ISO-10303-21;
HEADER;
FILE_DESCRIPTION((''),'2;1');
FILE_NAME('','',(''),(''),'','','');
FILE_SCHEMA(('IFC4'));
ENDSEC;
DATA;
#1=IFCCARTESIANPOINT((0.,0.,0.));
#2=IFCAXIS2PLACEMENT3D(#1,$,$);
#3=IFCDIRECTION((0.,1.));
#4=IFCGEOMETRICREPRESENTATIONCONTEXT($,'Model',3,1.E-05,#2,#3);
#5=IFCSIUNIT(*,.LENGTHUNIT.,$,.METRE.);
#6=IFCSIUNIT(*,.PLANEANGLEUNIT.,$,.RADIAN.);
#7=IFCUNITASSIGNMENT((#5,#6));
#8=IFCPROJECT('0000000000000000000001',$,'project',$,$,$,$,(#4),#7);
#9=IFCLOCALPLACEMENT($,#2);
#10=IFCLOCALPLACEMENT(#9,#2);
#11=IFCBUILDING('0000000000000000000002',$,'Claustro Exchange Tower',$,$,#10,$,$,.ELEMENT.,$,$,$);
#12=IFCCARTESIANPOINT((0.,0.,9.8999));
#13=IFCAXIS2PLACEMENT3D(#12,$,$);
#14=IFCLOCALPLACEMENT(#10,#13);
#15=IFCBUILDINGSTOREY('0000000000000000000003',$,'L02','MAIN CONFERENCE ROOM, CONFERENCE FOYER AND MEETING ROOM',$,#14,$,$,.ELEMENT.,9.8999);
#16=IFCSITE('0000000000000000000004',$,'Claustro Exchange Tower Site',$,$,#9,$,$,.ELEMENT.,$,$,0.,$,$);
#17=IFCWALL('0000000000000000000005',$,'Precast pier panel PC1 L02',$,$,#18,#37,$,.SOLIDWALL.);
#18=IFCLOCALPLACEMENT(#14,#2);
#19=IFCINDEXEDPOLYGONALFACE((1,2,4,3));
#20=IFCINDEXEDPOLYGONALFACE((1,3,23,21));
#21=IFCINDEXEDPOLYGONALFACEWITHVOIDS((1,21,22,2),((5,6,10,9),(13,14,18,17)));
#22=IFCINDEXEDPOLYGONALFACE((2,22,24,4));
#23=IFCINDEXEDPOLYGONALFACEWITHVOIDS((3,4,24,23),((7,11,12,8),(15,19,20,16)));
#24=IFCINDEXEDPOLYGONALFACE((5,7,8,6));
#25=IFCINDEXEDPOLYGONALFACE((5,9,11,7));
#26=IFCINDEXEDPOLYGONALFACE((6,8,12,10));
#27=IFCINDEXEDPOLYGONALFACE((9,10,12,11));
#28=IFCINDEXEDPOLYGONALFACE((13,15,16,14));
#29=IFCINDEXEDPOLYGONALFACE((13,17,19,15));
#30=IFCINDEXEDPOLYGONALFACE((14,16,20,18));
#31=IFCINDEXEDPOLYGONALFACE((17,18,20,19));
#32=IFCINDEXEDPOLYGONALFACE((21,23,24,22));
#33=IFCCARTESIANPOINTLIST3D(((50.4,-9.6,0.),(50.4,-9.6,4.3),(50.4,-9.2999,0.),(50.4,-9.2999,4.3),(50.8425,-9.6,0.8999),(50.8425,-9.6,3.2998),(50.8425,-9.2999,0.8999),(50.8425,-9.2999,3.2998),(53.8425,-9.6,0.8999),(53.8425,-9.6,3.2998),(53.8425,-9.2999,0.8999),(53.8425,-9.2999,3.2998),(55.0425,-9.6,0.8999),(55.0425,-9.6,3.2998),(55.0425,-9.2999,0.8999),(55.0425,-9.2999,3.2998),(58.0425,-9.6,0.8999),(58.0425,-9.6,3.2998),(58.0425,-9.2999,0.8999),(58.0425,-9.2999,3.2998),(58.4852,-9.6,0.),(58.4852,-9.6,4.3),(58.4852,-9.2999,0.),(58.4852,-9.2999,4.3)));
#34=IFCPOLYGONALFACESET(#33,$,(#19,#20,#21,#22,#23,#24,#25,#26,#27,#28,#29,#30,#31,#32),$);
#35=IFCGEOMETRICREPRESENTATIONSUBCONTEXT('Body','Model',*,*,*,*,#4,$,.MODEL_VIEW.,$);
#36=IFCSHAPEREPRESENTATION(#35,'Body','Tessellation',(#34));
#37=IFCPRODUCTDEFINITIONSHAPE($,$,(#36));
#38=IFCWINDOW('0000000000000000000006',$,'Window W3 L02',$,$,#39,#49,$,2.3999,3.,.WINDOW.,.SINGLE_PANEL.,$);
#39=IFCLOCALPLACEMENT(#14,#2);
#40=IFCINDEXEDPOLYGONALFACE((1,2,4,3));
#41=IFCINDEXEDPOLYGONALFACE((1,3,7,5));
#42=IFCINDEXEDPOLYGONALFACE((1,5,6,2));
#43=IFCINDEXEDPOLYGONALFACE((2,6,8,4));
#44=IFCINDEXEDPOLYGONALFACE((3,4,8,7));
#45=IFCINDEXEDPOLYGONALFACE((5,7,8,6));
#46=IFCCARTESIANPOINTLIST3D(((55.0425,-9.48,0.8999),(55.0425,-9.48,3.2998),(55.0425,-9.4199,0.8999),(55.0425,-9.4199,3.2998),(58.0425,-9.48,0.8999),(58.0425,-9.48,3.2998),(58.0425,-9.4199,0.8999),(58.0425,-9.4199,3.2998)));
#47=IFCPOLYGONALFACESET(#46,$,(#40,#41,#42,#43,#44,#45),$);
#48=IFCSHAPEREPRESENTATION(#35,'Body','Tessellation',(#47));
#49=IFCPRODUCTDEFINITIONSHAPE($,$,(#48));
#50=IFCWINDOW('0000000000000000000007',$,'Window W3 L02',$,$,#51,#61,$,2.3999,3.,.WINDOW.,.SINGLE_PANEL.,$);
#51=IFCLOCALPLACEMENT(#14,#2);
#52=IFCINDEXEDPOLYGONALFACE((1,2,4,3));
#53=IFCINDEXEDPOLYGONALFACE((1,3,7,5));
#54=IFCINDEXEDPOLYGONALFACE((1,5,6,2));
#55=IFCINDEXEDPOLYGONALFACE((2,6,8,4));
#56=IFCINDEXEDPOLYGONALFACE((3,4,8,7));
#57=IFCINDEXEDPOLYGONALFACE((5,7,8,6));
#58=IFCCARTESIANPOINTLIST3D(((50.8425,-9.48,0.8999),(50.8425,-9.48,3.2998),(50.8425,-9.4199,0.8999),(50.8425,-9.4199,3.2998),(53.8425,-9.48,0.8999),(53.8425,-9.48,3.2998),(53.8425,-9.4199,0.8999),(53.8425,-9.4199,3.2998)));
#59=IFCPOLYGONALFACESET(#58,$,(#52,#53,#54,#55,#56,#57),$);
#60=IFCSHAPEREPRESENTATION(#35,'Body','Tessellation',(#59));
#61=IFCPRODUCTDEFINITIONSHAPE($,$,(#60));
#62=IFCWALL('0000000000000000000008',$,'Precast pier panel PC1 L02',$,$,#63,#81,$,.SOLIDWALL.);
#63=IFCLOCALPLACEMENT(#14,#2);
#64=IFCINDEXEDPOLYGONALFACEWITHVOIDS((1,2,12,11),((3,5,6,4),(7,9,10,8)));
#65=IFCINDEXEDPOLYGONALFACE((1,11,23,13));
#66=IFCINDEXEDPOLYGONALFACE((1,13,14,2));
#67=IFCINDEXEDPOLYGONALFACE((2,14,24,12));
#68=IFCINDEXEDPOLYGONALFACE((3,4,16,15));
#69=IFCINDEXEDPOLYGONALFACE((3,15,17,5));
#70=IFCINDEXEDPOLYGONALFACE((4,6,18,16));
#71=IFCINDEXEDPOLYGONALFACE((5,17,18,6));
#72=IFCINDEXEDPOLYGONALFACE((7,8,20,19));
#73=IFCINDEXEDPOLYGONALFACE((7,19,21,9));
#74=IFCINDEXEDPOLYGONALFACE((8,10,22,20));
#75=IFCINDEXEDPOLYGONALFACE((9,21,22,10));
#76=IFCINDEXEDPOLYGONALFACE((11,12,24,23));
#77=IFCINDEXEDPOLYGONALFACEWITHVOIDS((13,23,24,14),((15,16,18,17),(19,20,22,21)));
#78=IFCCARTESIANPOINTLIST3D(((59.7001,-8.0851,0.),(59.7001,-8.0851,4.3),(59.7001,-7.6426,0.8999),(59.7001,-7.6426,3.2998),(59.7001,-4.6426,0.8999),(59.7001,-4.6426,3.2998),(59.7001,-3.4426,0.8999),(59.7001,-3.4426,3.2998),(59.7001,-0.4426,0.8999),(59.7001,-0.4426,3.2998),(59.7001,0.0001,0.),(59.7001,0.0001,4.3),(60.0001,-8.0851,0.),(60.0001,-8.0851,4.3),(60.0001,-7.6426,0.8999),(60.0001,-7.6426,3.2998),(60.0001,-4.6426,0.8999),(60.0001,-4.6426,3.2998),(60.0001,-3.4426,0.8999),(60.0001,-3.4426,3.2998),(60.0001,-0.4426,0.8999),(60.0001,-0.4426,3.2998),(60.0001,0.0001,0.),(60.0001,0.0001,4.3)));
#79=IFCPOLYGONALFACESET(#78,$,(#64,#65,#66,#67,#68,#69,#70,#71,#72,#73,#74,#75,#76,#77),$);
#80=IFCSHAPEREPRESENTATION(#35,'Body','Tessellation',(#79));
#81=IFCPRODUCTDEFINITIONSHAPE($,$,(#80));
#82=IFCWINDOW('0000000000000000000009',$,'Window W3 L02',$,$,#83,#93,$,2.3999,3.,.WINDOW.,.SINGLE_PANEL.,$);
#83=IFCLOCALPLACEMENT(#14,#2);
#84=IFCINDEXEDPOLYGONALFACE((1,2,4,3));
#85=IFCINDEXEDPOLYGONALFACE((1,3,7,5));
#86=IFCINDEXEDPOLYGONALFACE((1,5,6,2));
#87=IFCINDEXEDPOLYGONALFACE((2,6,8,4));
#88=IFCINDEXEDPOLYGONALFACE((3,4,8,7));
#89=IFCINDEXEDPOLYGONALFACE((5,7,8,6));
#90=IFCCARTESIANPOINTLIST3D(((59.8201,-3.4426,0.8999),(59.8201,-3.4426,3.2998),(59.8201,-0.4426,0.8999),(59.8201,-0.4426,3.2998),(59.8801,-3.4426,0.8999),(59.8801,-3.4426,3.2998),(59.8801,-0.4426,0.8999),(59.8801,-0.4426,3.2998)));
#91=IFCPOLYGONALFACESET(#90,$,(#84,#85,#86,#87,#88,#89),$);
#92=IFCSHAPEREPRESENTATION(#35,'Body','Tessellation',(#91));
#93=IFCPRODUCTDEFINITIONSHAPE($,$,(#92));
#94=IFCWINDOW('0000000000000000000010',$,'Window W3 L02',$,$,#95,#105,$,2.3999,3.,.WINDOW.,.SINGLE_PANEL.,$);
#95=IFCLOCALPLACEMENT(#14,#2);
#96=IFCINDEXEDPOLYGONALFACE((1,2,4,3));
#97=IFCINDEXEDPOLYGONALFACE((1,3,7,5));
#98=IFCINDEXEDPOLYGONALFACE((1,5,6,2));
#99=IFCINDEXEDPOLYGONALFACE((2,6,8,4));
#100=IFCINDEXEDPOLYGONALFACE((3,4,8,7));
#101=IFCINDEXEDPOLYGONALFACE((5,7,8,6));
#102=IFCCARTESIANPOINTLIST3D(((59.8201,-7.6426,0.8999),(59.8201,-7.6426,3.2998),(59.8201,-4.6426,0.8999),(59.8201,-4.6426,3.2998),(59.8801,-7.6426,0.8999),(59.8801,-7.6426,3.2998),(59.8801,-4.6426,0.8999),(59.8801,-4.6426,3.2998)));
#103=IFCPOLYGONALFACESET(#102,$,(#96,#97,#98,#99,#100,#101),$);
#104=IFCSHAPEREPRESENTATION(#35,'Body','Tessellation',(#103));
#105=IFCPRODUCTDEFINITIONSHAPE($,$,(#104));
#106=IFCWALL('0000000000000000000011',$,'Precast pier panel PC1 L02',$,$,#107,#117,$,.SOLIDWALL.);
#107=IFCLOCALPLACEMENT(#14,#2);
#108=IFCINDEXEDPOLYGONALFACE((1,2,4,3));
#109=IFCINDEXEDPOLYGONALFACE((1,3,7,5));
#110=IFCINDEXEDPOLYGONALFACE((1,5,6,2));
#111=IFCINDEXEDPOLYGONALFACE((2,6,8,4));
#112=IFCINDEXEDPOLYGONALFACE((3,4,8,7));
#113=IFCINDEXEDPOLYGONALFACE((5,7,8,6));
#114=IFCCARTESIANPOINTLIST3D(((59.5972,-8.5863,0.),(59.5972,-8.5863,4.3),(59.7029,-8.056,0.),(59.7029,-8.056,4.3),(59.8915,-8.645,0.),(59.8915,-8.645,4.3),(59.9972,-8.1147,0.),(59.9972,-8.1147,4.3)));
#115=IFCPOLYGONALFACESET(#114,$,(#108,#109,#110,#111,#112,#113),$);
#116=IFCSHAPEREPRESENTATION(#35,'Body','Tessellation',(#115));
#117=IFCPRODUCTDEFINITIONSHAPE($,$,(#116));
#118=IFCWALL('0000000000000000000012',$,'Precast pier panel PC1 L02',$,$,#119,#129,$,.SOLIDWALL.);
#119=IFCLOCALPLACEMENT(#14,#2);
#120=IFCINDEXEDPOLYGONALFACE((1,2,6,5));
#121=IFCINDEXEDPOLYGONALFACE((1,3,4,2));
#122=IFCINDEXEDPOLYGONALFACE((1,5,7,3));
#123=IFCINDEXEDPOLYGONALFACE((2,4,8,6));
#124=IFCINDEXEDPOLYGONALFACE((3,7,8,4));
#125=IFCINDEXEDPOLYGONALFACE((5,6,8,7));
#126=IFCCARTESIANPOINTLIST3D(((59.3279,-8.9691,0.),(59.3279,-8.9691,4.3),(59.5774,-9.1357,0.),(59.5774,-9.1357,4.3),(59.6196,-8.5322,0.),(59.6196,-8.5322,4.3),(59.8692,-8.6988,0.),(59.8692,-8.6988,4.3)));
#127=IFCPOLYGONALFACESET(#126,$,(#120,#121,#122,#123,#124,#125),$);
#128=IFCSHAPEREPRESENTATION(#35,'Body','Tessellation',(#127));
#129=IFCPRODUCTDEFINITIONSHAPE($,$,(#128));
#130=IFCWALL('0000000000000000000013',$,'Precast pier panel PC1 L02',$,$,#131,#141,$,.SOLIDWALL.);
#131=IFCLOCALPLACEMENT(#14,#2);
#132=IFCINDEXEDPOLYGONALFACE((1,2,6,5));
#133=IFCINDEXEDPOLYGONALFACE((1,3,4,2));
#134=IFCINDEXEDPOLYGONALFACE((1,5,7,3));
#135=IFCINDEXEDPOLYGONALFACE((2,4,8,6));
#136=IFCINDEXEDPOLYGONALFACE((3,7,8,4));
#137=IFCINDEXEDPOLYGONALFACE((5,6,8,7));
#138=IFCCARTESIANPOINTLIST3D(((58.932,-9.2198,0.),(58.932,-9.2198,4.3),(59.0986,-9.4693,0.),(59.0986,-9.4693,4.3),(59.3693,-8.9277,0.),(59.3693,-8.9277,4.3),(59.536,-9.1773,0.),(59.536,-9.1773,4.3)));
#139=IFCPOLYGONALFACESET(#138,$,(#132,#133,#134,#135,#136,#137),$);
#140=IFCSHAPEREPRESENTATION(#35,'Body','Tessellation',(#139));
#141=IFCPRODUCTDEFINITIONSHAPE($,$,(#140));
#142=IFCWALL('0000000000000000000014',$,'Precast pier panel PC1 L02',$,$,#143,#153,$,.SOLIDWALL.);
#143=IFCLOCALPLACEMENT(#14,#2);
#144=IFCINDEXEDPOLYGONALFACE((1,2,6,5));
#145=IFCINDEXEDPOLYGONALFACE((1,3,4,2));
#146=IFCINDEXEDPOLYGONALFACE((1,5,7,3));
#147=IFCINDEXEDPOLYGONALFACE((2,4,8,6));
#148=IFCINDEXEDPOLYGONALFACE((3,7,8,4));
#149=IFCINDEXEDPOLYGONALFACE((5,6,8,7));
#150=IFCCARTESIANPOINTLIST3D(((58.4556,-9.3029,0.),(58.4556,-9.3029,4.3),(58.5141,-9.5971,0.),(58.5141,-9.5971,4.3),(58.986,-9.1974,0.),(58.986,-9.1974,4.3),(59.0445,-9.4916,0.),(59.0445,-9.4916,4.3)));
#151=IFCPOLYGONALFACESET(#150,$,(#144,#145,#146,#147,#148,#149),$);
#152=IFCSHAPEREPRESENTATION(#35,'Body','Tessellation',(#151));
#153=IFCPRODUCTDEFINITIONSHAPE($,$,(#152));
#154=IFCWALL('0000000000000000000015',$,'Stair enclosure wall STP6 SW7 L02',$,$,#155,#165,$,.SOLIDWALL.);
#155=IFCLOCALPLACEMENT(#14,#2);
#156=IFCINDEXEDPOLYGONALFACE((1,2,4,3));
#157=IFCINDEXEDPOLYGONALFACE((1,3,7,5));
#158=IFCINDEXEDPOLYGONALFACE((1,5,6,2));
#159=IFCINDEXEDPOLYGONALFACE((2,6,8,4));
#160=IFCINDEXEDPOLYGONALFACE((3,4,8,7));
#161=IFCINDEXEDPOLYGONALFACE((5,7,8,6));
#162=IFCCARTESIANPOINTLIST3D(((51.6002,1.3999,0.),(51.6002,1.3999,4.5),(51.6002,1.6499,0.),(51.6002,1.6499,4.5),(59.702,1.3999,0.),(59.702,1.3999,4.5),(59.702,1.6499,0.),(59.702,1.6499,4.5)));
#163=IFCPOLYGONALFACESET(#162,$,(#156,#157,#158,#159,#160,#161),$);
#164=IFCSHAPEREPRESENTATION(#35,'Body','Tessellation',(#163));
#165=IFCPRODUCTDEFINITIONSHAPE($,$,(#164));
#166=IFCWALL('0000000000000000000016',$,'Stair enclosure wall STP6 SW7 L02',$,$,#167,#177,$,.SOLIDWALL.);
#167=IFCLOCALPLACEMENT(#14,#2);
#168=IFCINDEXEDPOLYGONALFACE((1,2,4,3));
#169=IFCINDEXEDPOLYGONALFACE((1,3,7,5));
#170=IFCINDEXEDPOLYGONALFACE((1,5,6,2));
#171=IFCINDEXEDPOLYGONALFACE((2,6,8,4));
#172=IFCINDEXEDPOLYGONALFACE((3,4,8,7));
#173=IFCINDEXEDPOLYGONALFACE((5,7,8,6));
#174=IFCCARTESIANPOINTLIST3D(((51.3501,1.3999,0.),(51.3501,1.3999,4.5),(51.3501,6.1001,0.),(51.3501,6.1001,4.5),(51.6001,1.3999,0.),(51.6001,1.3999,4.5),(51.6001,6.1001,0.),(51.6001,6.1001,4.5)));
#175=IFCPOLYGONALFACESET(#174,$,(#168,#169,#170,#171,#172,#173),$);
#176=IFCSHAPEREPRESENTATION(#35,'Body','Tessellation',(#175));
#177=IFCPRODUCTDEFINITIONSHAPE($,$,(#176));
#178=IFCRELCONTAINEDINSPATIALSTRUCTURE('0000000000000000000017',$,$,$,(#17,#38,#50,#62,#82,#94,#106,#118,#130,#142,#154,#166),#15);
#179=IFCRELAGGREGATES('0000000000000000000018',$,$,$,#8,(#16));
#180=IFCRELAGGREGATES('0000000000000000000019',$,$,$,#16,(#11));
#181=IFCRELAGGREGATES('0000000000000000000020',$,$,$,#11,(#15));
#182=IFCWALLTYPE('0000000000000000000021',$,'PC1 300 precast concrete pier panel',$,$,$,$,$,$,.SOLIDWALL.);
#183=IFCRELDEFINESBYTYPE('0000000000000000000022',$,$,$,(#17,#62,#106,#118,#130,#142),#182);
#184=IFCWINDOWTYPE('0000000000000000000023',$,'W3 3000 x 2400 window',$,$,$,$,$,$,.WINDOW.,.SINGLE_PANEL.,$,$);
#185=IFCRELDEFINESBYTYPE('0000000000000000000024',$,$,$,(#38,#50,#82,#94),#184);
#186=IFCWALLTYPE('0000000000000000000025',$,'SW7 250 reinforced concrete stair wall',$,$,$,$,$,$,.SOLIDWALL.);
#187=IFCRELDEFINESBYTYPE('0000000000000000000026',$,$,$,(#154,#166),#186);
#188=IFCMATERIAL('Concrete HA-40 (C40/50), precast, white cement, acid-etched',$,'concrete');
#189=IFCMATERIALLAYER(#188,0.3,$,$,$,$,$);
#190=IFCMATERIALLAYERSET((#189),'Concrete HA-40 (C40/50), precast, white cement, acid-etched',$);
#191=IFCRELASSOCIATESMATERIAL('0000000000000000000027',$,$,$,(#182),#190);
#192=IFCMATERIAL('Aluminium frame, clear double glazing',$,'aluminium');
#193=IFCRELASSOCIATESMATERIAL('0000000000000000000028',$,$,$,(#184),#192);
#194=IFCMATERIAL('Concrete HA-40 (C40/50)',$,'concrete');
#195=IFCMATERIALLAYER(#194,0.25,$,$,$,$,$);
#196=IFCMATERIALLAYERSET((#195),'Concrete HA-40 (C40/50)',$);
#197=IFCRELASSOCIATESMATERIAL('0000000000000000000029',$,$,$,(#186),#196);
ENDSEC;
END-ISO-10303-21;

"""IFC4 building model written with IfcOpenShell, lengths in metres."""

from ifc_helpers import new_model, si_unit, direction, frame, frame_2d, origin, place, context, subcontext, project, spatial, rectangle, extrude, material, layer, layer_set, type_object, element, fill, save


model = new_model("IFC4")

# Units and contexts
model_context = context("Model", 3, precision=1e-05, world=origin(), true_north=direction((0.0, 1.0)))
body_context = subcontext(model_context, "Body", "Model", "MODEL_VIEW")
ifc_project = project(units=[si_unit("LENGTHUNIT", "METRE"), si_unit("PLANEANGLEUNIT", "RADIAN")], contexts=[model_context])

# Site, building, storey
site_placement = place(None, origin())
site = spatial("IfcSite", under=ifc_project, at=site_placement, Name="Claustro Exchange Tower Site", CompositionType="ELEMENT", RefElevation=0.0)
building_placement = place(site_placement, origin())
building = spatial("IfcBuilding", under=site, at=building_placement, Name="Claustro Exchange Tower", CompositionType="ELEMENT")
storey_placement = place(building_placement, frame((0.0, 0.0, 9.8999)))
storey = spatial("IfcBuildingStorey", under=building, at=storey_placement, Name="L02", Description="MAIN CONFERENCE ROOM, CONFERENCE FOYER AND MEETING ROOM", CompositionType="ELEMENT", Elevation=9.8999)

# Walls, openings, windows
ifc_material_1 = material(Name="Concrete HA-40 (C40/50), precast, white cement, acid-etched", Category="concrete")
ifc_layer_1 = layer(ifc_material_1, 0.3)
ifc_layer_set_1 = layer_set([ifc_layer_1], Name="Concrete HA-40 (C40/50), precast, white cement, acid-etched")
wall_type_1 = type_object("IfcWallType", Name="PC1 300 precast concrete pier panel", PredefinedType="SOLIDWALL", material=ifc_layer_set_1)
wall_1_placement = place(storey_placement, frame((58.4851, -9.45, 0.0), z_axis=(0.0, 0.0, 1.0), x_axis=(-1.0, 0.0, 0.0)))
wall_1 = element("IfcWall", 1, at=wall_1_placement, inside=storey, type_object=wall_type_1, Name="Precast pier panel PC1 L02", PredefinedType="SOLIDWALL", context=body_context, shape_type="SweptSolid", body=[
    extrude(rectangle(XDim=8.0852, YDim=0.3, at=frame_2d((4.0425, 0.0))), origin(), (0.0, 0.0, 1.0), 4.3),
])
opening_1_placement = place(wall_1_placement, frame((0.4426, 0.0, 0.8999)))
opening_1 = element("IfcOpeningElement", 2, at=opening_1_placement, cuts=wall_1, PredefinedType="OPENING", context=body_context, shape_type="SweptSolid", body=[
    extrude(rectangle(XDim=3.0, YDim=2.3999, at=frame_2d((1.5, 1.2))), frame((0.0, 0.1599, 0.0), z_axis=(0.0, -1.0, 0.0), x_axis=(1.0, 0.0, 0.0)), (0.0, 0.0, 1.0), 0.3201),
])
opening_2_placement = place(wall_1_placement, frame((4.6426, 0.0, 0.8999)))
opening_2 = element("IfcOpeningElement", 3, at=opening_2_placement, cuts=wall_1, PredefinedType="OPENING", context=body_context, shape_type="SweptSolid", body=[
    extrude(rectangle(XDim=3.0, YDim=2.3999, at=frame_2d((1.5, 1.2))), frame((0.0, 0.1599, 0.0), z_axis=(0.0, -1.0, 0.0), x_axis=(1.0, 0.0, 0.0)), (0.0, 0.0, 1.0), 0.3201),
])
ifc_material_2 = material(Name="Aluminium frame, clear double glazing", Category="aluminium")
window_type = type_object("IfcWindowType", Name="W3 3000 x 2400 window", PartitioningType="SINGLE_PANEL", PredefinedType="WINDOW", material=ifc_material_2)
window_1_placement = place(opening_1_placement, origin())
window_1 = element("IfcWindow", 4, at=window_1_placement, inside=storey, type_object=window_type, Name="Window W3 L02", OverallHeight=2.3999, OverallWidth=3.0, PartitioningType="SINGLE_PANEL", PredefinedType="WINDOW", context=body_context, shape_type="SweptSolid", body=[
    extrude(rectangle(XDim=3.0, YDim=2.3999, at=frame_2d((1.5, 1.2))), frame((0.0, 0.03, 0.0), z_axis=(0.0, -1.0, 0.0), x_axis=(1.0, 0.0, 0.0)), (0.0, 0.0, 1.0), 0.0601),
])
fill(opening_1, window_1)
window_2_placement = place(opening_2_placement, origin())
window_2 = element("IfcWindow", 5, at=window_2_placement, inside=storey, type_object=window_type, Name="Window W3 L02", OverallHeight=2.3999, OverallWidth=3.0, PartitioningType="SINGLE_PANEL", PredefinedType="WINDOW", context=body_context, shape_type="SweptSolid", body=[
    extrude(rectangle(XDim=3.0, YDim=2.3999, at=frame_2d((1.5, 1.2))), frame((0.0, 0.03, 0.0), z_axis=(0.0, -1.0, 0.0), x_axis=(1.0, 0.0, 0.0)), (0.0, 0.0, 1.0), 0.0601),
])
fill(opening_2, window_2)
wall_2_placement = place(storey_placement, frame((59.8501, 0.0, 0.0), z_axis=(0.0, 0.0, 1.0), x_axis=(0.0, -1.0, 0.0)))
wall_2 = element("IfcWall", 6, at=wall_2_placement, inside=storey, type_object=wall_type_1, Name="Precast pier panel PC1 L02", PredefinedType="SOLIDWALL", context=body_context, shape_type="SweptSolid", body=[
    extrude(rectangle(XDim=8.0852, YDim=0.3, at=frame_2d((4.0425, 0.0))), origin(), (0.0, 0.0, 1.0), 4.3),
])
opening_3_placement = place(wall_2_placement, frame((0.4426, 0.0, 0.8999)))
opening_3 = element("IfcOpeningElement", 7, at=opening_3_placement, cuts=wall_2, PredefinedType="OPENING", context=body_context, shape_type="SweptSolid", body=[
    extrude(rectangle(XDim=3.0, YDim=2.3999, at=frame_2d((1.5, 1.2))), frame((0.0, 0.1599, 0.0), z_axis=(0.0, -1.0, 0.0), x_axis=(1.0, 0.0, 0.0)), (0.0, 0.0, 1.0), 0.3201),
])
opening_4_placement = place(wall_2_placement, frame((4.6426, 0.0, 0.8999)))
opening_4 = element("IfcOpeningElement", 8, at=opening_4_placement, cuts=wall_2, PredefinedType="OPENING", context=body_context, shape_type="SweptSolid", body=[
    extrude(rectangle(XDim=3.0, YDim=2.3999, at=frame_2d((1.5, 1.2))), frame((0.0, 0.1599, 0.0), z_axis=(0.0, -1.0, 0.0), x_axis=(1.0, 0.0, 0.0)), (0.0, 0.0, 1.0), 0.3201),
])
window_3_placement = place(opening_3_placement, origin())
window_3 = element("IfcWindow", 9, at=window_3_placement, inside=storey, type_object=window_type, Name="Window W3 L02", OverallHeight=2.3999, OverallWidth=3.0, PartitioningType="SINGLE_PANEL", PredefinedType="WINDOW", context=body_context, shape_type="SweptSolid", body=[
    extrude(rectangle(XDim=3.0, YDim=2.3999, at=frame_2d((1.5, 1.2))), frame((0.0, 0.03, 0.0), z_axis=(0.0, -1.0, 0.0), x_axis=(1.0, 0.0, 0.0)), (0.0, 0.0, 1.0), 0.0601),
])
fill(opening_3, window_3)
window_4_placement = place(opening_4_placement, origin())
window_4 = element("IfcWindow", 10, at=window_4_placement, inside=storey, type_object=window_type, Name="Window W3 L02", OverallHeight=2.3999, OverallWidth=3.0, PartitioningType="SINGLE_PANEL", PredefinedType="WINDOW", context=body_context, shape_type="SweptSolid", body=[
    extrude(rectangle(XDim=3.0, YDim=2.3999, at=frame_2d((1.5, 1.2))), frame((0.0, 0.03, 0.0), z_axis=(0.0, -1.0, 0.0), x_axis=(1.0, 0.0, 0.0)), (0.0, 0.0, 1.0), 0.0601),
])
fill(opening_4, window_4)

# Walls
wall_3_placement = place(storey_placement, frame((59.8501, -8.0852, 0.0), z_axis=(0.0, 0.0, 1.0), x_axis=(-0.195508, -0.980702, 0.0)))
element("IfcWall", 11, at=wall_3_placement, inside=storey, type_object=wall_type_1, Name="Precast pier panel PC1 L02", PredefinedType="SOLIDWALL", context=body_context, shape_type="SweptSolid", body=[
    extrude(rectangle(XDim=0.5408, YDim=0.3, at=frame_2d((0.2705, 0.0))), origin(), (0.0, 0.0, 1.0), 4.3),
])
wall_4_placement = place(storey_placement, frame((59.7444, -8.6155, 0.0), z_axis=(0.0, 0.0, 1.0), x_axis=(-0.555236, -0.831693, 0.0)))
element("IfcWall", 12, at=wall_4_placement, inside=storey, type_object=wall_type_1, Name="Precast pier panel PC1 L02", PredefinedType="SOLIDWALL", context=body_context, shape_type="SweptSolid", body=[
    extrude(rectangle(XDim=0.5254, YDim=0.3, at=frame_2d((0.2627, 0.0))), origin(), (0.0, 0.0, 1.0), 4.3),
])
wall_5_placement = place(storey_placement, frame((59.4526, -9.0525, 0.0), z_axis=(0.0, 0.0, 1.0), x_axis=(-0.831621, -0.555343, 0.0)))
element("IfcWall", 13, at=wall_5_placement, inside=storey, type_object=wall_type_1, Name="Precast pier panel PC1 L02", PredefinedType="SOLIDWALL", context=body_context, shape_type="SweptSolid", body=[
    extrude(rectangle(XDim=0.5259, YDim=0.3, at=frame_2d((0.2629, 0.0))), origin(), (0.0, 0.0, 1.0), 4.3),
])
wall_6_placement = place(storey_placement, frame((59.0154, -9.3445, 0.0), z_axis=(0.0, 0.0, 1.0), x_axis=(-0.980789, -0.195074, 0.0)))
element("IfcWall", 14, at=wall_6_placement, inside=storey, type_object=wall_type_1, Name="Precast pier panel PC1 L02", PredefinedType="SOLIDWALL", context=body_context, shape_type="SweptSolid", body=[
    extrude(rectangle(XDim=0.5408, YDim=0.3, at=frame_2d((0.2705, 0.0))), origin(), (0.0, 0.0, 1.0), 4.3),
])
ifc_material_3 = material(Name="Concrete HA-40 (C40/50)", Category="concrete")
ifc_layer_2 = layer(ifc_material_3, 0.25)
ifc_layer_set_2 = layer_set([ifc_layer_2], Name="Concrete HA-40 (C40/50)")
wall_type_2 = type_object("IfcWallType", Name="SW7 250 reinforced concrete stair wall", PredefinedType="SOLIDWALL", material=ifc_layer_set_2)
wall_7_placement = place(storey_placement, frame((59.7019, 1.5249, 0.0), z_axis=(0.0, 0.0, 1.0), x_axis=(-1.0, 0.0, 0.0)))
element("IfcWall", 15, at=wall_7_placement, inside=storey, type_object=wall_type_2, Name="Stair enclosure wall STP6 SW7 L02", PredefinedType="SOLIDWALL", context=body_context, shape_type="SweptSolid", body=[
    extrude(rectangle(XDim=8.1018, YDim=0.25, at=frame_2d((4.0508, 0.0))), origin(), (0.0, 0.0, 1.0), 4.5),
])
wall_8_placement = place(storey_placement, frame((51.4751, 1.3999, 0.0), z_axis=(0.0, 0.0, 1.0), x_axis=(0.0, 1.0, 0.0)))
element("IfcWall", 16, at=wall_8_placement, inside=storey, type_object=wall_type_2, Name="Stair enclosure wall STP6 SW7 L02", PredefinedType="SOLIDWALL", context=body_context, shape_type="SweptSolid", body=[
    extrude(rectangle(XDim=4.7002, YDim=0.25, at=frame_2d((2.3501, 0.0))), origin(), (0.0, 0.0, 1.0), 4.5),
])

save(model, "model.ifc")
